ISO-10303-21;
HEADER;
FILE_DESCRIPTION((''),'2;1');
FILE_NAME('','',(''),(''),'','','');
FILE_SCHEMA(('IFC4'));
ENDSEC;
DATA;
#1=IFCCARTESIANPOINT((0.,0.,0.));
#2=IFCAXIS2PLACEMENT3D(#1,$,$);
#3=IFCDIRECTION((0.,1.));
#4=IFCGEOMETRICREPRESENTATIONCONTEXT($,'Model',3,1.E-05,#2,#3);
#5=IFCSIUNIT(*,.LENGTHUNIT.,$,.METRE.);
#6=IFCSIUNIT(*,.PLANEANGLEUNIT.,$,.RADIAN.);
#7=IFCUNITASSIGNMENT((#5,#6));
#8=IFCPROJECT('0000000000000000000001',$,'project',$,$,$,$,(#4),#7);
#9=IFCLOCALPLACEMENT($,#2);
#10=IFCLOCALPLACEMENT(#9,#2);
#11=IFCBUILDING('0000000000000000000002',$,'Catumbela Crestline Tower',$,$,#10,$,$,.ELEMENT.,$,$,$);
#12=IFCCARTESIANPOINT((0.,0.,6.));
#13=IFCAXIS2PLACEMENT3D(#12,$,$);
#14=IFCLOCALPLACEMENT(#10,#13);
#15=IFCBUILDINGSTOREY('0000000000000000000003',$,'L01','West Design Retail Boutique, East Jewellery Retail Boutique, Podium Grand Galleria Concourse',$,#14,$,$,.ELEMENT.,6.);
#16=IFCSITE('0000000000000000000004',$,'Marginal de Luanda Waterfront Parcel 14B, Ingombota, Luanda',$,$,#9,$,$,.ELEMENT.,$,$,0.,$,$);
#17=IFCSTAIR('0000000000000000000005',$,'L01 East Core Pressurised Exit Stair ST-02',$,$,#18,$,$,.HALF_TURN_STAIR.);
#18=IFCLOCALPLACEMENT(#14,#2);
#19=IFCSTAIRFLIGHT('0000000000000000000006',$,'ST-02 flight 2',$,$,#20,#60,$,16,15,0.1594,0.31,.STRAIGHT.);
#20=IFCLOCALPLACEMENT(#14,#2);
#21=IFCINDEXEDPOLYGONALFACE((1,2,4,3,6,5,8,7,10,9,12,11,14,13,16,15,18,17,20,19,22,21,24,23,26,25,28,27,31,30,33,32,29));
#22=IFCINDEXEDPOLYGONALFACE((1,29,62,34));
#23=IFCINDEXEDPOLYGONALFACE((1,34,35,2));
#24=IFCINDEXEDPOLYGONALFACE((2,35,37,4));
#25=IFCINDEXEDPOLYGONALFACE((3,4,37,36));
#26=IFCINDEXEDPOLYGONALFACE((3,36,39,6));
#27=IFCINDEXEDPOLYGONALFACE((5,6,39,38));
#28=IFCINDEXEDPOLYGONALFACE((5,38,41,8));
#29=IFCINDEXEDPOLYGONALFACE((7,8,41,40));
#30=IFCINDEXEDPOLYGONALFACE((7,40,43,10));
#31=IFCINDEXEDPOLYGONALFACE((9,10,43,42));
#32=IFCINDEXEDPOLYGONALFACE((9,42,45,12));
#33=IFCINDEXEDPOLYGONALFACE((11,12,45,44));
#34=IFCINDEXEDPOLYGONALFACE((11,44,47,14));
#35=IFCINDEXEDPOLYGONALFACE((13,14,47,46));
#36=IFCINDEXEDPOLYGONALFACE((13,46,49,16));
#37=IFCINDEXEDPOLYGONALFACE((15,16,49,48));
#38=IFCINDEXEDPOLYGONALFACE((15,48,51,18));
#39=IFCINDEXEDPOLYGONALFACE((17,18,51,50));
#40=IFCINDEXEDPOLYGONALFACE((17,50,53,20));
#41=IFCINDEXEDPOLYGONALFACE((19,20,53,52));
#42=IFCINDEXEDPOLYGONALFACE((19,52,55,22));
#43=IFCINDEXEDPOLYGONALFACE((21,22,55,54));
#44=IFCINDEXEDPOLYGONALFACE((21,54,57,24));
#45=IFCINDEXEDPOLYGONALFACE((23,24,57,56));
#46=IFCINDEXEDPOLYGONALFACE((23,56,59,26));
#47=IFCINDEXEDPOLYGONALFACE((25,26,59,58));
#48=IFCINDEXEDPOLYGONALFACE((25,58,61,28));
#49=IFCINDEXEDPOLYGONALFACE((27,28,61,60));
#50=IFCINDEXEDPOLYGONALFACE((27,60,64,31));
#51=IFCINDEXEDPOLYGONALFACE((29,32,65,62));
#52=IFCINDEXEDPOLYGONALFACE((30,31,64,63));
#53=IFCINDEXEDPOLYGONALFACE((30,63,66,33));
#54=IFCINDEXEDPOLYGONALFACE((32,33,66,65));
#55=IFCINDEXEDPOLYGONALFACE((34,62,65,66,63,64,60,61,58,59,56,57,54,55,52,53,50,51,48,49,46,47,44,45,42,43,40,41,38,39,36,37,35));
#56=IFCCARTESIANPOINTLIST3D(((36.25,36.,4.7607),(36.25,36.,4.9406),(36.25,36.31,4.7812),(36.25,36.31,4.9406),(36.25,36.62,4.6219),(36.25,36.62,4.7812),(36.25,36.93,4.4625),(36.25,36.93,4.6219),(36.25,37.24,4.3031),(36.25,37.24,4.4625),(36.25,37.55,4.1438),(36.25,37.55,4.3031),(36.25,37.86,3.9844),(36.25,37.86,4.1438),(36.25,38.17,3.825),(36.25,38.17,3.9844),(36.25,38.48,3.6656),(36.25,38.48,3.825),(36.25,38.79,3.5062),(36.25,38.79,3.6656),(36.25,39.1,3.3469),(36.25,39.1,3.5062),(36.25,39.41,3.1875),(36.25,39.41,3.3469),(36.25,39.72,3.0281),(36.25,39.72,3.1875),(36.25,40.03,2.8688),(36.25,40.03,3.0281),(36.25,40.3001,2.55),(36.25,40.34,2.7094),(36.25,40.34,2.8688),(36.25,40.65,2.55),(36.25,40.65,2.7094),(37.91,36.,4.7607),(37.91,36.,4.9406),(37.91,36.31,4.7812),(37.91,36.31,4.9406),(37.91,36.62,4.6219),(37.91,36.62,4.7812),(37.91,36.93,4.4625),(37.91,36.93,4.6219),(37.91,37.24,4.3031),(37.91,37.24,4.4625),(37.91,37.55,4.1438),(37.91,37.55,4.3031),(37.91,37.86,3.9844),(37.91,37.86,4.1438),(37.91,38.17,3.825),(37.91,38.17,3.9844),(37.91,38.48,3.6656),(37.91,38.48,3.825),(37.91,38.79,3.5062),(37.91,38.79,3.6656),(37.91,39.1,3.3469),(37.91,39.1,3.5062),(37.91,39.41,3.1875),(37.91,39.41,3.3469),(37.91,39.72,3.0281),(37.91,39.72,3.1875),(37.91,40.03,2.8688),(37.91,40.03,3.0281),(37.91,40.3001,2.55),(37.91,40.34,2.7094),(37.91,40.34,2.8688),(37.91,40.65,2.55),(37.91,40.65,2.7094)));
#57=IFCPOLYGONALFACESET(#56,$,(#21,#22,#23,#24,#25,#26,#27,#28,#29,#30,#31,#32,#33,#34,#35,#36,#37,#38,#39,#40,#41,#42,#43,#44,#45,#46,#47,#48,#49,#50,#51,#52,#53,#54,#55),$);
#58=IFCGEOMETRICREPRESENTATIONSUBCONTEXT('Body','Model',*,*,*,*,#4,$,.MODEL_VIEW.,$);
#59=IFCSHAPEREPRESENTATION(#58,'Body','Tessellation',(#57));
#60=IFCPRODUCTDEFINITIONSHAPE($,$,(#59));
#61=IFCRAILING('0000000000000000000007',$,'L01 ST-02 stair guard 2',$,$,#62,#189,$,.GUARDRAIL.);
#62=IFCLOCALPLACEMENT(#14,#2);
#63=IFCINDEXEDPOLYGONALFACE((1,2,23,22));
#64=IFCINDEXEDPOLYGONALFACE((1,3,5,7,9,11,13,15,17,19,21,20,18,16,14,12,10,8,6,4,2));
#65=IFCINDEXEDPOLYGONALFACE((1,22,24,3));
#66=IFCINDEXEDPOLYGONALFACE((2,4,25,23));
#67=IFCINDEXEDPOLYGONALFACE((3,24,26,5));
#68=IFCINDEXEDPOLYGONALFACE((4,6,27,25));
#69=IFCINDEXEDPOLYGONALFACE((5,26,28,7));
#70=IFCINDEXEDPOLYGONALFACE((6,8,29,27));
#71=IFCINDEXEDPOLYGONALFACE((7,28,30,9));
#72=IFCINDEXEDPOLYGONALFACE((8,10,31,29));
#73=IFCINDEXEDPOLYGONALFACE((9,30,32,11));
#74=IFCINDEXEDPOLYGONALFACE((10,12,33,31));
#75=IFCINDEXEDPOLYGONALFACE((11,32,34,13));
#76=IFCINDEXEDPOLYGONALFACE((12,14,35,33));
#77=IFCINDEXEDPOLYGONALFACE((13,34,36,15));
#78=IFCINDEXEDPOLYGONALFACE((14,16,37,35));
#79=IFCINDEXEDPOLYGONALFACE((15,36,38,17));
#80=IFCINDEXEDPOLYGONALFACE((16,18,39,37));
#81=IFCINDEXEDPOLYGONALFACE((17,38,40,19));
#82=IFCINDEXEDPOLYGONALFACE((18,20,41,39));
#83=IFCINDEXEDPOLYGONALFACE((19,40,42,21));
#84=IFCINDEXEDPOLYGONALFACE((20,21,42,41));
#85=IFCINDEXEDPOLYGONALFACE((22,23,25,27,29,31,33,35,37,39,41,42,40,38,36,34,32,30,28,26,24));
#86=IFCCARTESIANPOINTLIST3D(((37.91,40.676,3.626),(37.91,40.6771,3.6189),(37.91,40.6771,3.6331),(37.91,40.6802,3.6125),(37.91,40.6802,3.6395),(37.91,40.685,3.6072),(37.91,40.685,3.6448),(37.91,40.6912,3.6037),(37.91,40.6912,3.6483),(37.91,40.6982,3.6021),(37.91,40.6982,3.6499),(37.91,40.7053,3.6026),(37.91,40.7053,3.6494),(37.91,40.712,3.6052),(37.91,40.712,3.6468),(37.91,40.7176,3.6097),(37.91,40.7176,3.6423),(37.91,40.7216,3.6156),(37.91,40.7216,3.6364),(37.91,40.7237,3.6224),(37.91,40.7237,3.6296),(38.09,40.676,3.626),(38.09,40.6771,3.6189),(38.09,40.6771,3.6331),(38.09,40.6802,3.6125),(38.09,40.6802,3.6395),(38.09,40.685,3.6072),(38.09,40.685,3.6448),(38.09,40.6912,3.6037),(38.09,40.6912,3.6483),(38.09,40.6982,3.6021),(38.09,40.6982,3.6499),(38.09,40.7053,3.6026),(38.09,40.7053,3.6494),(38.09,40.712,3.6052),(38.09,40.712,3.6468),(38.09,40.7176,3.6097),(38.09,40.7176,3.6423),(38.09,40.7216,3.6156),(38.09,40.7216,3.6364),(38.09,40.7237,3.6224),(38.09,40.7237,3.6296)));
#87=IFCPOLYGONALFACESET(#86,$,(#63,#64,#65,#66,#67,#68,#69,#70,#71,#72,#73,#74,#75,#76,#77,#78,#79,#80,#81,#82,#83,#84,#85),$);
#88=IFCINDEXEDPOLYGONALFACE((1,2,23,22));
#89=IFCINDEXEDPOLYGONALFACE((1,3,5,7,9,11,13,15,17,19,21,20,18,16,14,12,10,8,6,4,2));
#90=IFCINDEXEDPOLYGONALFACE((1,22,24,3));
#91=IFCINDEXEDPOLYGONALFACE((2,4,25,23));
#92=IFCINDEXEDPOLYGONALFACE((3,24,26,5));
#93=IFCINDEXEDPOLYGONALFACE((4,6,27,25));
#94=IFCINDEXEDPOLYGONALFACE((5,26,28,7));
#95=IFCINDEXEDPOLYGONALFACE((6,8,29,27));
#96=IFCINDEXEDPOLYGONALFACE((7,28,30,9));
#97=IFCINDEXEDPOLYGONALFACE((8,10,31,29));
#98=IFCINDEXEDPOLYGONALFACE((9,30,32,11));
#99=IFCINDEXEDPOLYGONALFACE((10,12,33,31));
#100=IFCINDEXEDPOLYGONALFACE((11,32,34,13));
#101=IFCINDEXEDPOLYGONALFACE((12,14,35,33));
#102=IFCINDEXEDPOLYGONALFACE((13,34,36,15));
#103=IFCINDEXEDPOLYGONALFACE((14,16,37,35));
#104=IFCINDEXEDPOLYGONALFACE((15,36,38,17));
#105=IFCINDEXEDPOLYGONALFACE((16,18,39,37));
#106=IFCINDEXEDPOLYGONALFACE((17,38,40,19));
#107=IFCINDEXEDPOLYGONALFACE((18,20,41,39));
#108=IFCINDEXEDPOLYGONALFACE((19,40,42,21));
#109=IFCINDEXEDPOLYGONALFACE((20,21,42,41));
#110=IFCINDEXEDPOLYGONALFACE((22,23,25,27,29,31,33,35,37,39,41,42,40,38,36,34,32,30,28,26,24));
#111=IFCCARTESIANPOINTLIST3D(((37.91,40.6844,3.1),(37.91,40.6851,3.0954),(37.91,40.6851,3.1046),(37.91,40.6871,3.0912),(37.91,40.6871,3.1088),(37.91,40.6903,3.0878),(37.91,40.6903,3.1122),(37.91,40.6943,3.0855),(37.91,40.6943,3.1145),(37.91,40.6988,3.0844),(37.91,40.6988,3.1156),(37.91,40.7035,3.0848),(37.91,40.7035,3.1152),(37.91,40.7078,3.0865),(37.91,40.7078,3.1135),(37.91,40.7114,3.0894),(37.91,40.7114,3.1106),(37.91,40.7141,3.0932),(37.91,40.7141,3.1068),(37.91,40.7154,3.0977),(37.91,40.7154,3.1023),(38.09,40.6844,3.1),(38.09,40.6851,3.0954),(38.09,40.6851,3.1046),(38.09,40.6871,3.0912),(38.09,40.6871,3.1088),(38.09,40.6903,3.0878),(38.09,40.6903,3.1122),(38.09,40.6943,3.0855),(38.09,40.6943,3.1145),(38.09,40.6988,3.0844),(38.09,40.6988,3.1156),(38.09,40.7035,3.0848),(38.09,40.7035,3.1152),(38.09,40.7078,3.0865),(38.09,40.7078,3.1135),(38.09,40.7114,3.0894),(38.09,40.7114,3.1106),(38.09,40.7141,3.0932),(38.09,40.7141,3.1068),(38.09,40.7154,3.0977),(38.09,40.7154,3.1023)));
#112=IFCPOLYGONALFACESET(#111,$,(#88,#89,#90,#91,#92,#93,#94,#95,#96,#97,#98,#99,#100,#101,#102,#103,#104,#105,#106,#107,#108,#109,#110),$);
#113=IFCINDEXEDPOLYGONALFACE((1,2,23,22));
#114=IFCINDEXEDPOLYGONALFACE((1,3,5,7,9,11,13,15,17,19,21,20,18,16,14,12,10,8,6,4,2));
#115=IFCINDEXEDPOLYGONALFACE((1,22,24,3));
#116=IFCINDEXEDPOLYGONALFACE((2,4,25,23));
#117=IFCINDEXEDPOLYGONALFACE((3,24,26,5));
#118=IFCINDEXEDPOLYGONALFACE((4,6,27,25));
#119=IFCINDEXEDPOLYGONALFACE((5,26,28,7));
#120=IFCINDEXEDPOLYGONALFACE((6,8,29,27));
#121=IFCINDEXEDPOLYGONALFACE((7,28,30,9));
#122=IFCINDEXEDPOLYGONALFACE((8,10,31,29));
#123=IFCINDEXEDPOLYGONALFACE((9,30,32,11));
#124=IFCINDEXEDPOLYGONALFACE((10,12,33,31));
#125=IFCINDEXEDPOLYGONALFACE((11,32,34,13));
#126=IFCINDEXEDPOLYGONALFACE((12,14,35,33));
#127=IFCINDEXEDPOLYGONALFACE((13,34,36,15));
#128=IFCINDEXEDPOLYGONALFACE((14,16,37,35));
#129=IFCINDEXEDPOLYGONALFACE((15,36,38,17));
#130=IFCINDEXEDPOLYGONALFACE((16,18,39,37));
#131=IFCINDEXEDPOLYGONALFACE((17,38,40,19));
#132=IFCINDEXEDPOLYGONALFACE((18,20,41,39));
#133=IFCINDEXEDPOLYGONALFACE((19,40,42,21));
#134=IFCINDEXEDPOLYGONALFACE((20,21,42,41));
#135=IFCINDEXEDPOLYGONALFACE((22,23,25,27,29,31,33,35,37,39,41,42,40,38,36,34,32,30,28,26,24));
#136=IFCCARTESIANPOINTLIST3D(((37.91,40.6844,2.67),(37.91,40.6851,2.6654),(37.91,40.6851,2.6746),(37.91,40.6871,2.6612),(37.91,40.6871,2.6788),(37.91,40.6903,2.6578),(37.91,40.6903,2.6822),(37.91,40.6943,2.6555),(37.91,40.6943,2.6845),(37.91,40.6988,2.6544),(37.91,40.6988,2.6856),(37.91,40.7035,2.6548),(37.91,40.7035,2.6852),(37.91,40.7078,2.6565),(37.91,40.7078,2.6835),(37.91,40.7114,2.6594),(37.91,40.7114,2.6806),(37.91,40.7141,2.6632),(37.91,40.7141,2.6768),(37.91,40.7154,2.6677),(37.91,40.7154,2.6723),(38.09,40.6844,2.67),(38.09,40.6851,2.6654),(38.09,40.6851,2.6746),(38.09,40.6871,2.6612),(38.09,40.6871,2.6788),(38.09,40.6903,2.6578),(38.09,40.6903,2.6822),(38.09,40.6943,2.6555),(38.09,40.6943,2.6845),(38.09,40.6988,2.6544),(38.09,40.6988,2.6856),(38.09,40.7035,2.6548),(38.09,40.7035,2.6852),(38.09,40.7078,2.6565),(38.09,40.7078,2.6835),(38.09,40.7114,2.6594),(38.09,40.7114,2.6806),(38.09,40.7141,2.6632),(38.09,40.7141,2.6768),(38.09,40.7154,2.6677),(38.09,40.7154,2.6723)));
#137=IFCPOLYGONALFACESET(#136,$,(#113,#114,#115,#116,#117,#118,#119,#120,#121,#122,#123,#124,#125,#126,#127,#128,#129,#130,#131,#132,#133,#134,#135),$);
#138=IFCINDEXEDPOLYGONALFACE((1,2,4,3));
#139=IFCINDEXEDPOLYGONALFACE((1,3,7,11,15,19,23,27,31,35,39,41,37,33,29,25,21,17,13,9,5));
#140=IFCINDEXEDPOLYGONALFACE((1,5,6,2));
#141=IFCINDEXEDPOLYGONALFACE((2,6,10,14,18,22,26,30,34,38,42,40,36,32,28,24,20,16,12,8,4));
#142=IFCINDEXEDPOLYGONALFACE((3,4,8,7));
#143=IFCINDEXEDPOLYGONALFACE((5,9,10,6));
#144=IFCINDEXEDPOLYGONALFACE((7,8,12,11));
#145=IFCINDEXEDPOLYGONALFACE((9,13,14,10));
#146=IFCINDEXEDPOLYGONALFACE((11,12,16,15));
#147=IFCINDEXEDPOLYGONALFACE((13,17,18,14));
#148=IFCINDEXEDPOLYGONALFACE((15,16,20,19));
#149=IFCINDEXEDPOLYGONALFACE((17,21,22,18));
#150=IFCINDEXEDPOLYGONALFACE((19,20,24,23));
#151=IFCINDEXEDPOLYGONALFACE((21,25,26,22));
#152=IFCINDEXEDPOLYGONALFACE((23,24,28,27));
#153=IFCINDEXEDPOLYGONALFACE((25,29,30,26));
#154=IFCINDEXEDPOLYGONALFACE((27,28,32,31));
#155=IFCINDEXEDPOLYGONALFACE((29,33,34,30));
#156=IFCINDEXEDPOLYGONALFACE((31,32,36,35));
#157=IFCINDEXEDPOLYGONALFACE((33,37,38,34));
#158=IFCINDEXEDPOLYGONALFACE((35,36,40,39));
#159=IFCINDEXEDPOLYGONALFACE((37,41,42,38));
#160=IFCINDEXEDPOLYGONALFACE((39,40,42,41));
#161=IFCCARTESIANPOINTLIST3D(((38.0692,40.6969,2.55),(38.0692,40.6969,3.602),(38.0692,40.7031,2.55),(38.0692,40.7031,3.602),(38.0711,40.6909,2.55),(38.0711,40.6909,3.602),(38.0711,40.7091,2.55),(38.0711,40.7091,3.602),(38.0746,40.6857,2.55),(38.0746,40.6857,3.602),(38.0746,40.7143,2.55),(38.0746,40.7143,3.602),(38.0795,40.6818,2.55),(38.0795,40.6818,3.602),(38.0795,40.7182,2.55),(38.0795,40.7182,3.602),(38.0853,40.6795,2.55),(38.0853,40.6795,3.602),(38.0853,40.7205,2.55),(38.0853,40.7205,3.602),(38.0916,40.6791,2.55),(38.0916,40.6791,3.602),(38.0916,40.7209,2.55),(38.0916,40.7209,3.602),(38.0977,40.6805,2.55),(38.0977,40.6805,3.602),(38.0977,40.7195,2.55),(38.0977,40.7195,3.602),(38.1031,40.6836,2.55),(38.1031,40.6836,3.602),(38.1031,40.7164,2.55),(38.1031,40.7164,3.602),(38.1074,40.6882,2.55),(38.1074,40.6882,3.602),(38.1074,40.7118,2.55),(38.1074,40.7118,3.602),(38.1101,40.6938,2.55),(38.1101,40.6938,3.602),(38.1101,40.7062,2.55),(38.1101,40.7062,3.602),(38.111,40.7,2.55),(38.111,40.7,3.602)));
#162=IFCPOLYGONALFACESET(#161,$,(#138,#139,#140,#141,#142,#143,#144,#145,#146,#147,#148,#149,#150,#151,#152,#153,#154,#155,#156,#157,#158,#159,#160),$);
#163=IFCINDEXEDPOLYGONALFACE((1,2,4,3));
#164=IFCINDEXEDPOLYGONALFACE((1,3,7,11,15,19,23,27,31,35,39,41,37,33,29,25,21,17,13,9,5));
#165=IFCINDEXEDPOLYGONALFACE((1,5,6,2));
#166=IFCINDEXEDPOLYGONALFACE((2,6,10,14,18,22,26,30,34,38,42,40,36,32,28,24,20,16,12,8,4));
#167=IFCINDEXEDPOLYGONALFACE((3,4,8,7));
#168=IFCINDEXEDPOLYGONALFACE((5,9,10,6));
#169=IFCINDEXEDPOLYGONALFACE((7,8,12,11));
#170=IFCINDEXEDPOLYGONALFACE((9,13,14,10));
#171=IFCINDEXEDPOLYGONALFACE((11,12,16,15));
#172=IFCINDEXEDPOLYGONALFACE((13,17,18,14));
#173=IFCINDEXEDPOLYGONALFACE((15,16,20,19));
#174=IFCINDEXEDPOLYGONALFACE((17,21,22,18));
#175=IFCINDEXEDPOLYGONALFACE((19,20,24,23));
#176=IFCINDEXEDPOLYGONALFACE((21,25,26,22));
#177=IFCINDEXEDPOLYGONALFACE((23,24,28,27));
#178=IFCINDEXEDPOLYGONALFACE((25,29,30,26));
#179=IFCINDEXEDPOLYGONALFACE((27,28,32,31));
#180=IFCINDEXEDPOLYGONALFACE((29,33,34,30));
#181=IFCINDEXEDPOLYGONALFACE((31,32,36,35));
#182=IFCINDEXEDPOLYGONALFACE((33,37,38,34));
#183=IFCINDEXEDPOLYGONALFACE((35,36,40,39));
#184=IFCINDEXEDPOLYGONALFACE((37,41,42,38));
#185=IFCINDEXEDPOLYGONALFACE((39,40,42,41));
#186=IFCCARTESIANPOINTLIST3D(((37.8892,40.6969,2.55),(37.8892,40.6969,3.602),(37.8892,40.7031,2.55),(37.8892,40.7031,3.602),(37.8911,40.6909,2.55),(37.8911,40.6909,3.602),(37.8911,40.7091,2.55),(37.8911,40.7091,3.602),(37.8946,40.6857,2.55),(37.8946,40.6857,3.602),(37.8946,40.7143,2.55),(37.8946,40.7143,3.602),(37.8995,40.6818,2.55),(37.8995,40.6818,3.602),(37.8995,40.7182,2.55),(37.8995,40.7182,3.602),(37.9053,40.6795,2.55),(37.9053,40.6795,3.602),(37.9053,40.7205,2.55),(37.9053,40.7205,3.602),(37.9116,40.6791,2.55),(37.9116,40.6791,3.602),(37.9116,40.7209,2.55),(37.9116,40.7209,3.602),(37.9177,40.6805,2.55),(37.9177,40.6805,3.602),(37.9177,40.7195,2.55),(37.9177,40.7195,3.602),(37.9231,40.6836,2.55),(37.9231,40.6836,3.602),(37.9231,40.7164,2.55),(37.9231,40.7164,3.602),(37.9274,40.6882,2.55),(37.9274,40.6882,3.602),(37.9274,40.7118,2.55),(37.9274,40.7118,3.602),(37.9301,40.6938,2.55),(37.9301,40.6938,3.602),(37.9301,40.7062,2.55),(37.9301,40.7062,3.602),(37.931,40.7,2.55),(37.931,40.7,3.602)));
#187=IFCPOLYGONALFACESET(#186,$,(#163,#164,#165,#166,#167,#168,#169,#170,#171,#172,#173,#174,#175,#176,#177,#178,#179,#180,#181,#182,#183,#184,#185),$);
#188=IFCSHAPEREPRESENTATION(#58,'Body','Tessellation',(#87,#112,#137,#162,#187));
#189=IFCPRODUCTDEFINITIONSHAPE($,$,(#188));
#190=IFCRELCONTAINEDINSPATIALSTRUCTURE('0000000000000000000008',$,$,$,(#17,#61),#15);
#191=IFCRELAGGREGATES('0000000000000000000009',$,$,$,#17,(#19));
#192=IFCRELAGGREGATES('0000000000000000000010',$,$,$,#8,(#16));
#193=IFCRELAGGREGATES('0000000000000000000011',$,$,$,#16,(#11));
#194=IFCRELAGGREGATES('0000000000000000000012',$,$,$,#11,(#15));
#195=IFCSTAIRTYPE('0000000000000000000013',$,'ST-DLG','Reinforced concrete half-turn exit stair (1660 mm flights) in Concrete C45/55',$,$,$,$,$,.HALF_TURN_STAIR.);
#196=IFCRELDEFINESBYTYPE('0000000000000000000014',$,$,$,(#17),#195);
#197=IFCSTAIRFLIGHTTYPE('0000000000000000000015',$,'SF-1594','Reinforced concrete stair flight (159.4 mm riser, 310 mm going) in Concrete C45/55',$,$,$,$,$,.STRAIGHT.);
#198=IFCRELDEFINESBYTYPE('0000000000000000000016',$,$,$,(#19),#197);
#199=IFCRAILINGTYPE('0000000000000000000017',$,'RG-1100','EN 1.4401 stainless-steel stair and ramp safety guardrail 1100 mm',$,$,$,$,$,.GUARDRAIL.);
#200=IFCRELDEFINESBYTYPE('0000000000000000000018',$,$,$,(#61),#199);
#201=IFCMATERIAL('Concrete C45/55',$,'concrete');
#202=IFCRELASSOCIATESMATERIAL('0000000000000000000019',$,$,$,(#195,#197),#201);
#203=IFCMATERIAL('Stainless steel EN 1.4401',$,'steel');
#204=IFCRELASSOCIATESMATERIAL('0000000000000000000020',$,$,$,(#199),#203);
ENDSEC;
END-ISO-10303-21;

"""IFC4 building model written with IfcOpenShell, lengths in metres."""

from ifc_helpers import new_model, si_unit, direction, frame, origin, origin_2d, place, context, subcontext, project, spatial, polyline, circle, outline, extrude, material, type_object, element, aggregate, save


model = new_model("IFC4")

# Units and contexts
model_context = context("Model", 3, precision=1e-05, world=origin(), true_north=direction((0.0, 1.0)))
body_context = subcontext(model_context, "Body", "Model", "MODEL_VIEW")
ifc_project = project(units=[si_unit("LENGTHUNIT", "METRE"), si_unit("PLANEANGLEUNIT", "RADIAN")], contexts=[model_context])

# Site, building, storey
site_placement = place(None, origin())
site = spatial("IfcSite", under=ifc_project, at=site_placement, Name="Marginal de Luanda Waterfront Parcel 14B, Ingombota, Luanda", CompositionType="ELEMENT", RefElevation=0.0)
building_placement = place(site_placement, origin())
building = spatial("IfcBuilding", under=site, at=building_placement, Name="Catumbela Crestline Tower", CompositionType="ELEMENT")
storey_placement = place(building_placement, frame((0.0, 0.0, 6.0)))
storey = spatial("IfcBuildingStorey", under=building, at=storey_placement, Name="L01", Description="West Design Retail Boutique, East Jewellery Retail Boutique, Podium Grand Galleria Concourse", CompositionType="ELEMENT", Elevation=6.0)

# Shared definitions
ifc_material_1 = material(Name="Stainless steel EN 1.4401", Category="steel")

# Stair, stair flight
ifc_material_2 = material(Name="Concrete C45/55", Category="concrete")
stair_type = type_object("IfcStairType", Name="ST-DLG", Description="Reinforced concrete half-turn exit stair (1660 mm flights) in Concrete C45/55", PredefinedType="HALF_TURN_STAIR", material=ifc_material_2)
stair_placement = place(storey_placement, origin())
stair = element("IfcStair", 1, at=stair_placement, inside=storey, type_object=stair_type, Name="L01 East Core Pressurised Exit Stair ST-02", PredefinedType="HALF_TURN_STAIR")
stair_flight_type = type_object("IfcStairFlightType", Name="SF-1594", Description="Reinforced concrete stair flight (159.4 mm riser, 310 mm going) in Concrete C45/55", PredefinedType="STRAIGHT", material=ifc_material_2)
stair_flight_1_placement = place(storey_placement, frame((37.08, 40.65, 2.55), z_axis=(0.0, 0.0, 1.0), x_axis=(0.0, -1.0, 0.0)))
stair_flight_1 = element("IfcStairFlight", 2, at=stair_flight_1_placement, type_object=stair_flight_type, Name="ST-02 flight 2", NumberOfRisers=16, NumberOfTreads=15, PredefinedType="STRAIGHT", RiserHeight=0.1594, TreadLength=0.31, context=body_context, shape_type="SweptSolid", body=[
    extrude(outline(polyline([(0.0, 0.0), (0.0, 0.1594), (0.31, 0.1594), (0.31, 0.3188), (0.62, 0.3188), (0.62, 0.4781), (0.93, 0.4781), (0.93, 0.6375), (1.24, 0.6375), (1.24, 0.7969), (1.55, 0.7969), (1.55, 0.9562), (1.86, 0.9562), (1.86, 1.1156), (2.17, 1.1156), (2.17, 1.275), (2.48, 1.275), (2.48, 1.4344), (2.79, 1.4344), (2.79, 1.5938), (3.1, 1.5938), (3.1, 1.7531), (3.41, 1.7531), (3.41, 1.9125), (3.72, 1.9125), (3.72, 2.0719), (4.03, 2.0719), (4.03, 2.2312), (4.34, 2.2312), (4.34, 2.3906), (4.65, 2.3906), (4.65, 2.55), (4.65, 2.2107), (0.3499, 0.0), (0.0, 0.0)])), frame((0.0, 0.83, 0.0), z_axis=(0.0, -1.0, 0.0), x_axis=(1.0, 0.0, 0.0)), (0.0, 0.0, 1.0), 1.66),
])
aggregate(stair, [stair_flight_1])

# Railing
railing_type_1 = type_object("IfcRailingType", Name="RG-1100", Description="EN 1.4401 stainless-steel stair and ramp safety guardrail 1100 mm", PredefinedType="GUARDRAIL", material=ifc_material_1)
railing_1_placement = place(storey_placement, frame((38.09, 40.7, 2.55)))
element("IfcRailing", 3, at=railing_1_placement, inside=storey, type_object=railing_type_1, Name="L01 ST-02 stair guard 2", PredefinedType="GUARDRAIL", context=body_context, shape_type="SweptSolid", body=[
    extrude(circle(Radius=0.024, at=origin_2d()), frame((0.0, 0.0, 1.076), z_axis=(-1.0, 0.0, 0.0), x_axis=(0.0, -1.0, 0.0)), (0.0, 0.0, 1.0), 0.18),
    extrude(circle(Radius=0.0156, at=origin_2d()), frame((0.0, 0.0, 0.55), z_axis=(-1.0, 0.0, 0.0), x_axis=(0.0, -1.0, 0.0)), (0.0, 0.0, 1.0), 0.18),
    extrude(circle(Radius=0.0156, at=origin_2d()), frame((0.0, 0.0, 0.12), z_axis=(-1.0, 0.0, 0.0), x_axis=(0.0, -1.0, 0.0)), (0.0, 0.0, 1.0), 0.18),
    extrude(circle(Radius=0.021, at=origin_2d()), origin(), (0.0, 0.0, 1.0), 1.052),
    extrude(circle(Radius=0.021, at=origin_2d()), frame((-0.18, 0.0, 0.0)), (0.0, 0.0, 1.0), 1.052),
])

save(model, "model.ifc")
